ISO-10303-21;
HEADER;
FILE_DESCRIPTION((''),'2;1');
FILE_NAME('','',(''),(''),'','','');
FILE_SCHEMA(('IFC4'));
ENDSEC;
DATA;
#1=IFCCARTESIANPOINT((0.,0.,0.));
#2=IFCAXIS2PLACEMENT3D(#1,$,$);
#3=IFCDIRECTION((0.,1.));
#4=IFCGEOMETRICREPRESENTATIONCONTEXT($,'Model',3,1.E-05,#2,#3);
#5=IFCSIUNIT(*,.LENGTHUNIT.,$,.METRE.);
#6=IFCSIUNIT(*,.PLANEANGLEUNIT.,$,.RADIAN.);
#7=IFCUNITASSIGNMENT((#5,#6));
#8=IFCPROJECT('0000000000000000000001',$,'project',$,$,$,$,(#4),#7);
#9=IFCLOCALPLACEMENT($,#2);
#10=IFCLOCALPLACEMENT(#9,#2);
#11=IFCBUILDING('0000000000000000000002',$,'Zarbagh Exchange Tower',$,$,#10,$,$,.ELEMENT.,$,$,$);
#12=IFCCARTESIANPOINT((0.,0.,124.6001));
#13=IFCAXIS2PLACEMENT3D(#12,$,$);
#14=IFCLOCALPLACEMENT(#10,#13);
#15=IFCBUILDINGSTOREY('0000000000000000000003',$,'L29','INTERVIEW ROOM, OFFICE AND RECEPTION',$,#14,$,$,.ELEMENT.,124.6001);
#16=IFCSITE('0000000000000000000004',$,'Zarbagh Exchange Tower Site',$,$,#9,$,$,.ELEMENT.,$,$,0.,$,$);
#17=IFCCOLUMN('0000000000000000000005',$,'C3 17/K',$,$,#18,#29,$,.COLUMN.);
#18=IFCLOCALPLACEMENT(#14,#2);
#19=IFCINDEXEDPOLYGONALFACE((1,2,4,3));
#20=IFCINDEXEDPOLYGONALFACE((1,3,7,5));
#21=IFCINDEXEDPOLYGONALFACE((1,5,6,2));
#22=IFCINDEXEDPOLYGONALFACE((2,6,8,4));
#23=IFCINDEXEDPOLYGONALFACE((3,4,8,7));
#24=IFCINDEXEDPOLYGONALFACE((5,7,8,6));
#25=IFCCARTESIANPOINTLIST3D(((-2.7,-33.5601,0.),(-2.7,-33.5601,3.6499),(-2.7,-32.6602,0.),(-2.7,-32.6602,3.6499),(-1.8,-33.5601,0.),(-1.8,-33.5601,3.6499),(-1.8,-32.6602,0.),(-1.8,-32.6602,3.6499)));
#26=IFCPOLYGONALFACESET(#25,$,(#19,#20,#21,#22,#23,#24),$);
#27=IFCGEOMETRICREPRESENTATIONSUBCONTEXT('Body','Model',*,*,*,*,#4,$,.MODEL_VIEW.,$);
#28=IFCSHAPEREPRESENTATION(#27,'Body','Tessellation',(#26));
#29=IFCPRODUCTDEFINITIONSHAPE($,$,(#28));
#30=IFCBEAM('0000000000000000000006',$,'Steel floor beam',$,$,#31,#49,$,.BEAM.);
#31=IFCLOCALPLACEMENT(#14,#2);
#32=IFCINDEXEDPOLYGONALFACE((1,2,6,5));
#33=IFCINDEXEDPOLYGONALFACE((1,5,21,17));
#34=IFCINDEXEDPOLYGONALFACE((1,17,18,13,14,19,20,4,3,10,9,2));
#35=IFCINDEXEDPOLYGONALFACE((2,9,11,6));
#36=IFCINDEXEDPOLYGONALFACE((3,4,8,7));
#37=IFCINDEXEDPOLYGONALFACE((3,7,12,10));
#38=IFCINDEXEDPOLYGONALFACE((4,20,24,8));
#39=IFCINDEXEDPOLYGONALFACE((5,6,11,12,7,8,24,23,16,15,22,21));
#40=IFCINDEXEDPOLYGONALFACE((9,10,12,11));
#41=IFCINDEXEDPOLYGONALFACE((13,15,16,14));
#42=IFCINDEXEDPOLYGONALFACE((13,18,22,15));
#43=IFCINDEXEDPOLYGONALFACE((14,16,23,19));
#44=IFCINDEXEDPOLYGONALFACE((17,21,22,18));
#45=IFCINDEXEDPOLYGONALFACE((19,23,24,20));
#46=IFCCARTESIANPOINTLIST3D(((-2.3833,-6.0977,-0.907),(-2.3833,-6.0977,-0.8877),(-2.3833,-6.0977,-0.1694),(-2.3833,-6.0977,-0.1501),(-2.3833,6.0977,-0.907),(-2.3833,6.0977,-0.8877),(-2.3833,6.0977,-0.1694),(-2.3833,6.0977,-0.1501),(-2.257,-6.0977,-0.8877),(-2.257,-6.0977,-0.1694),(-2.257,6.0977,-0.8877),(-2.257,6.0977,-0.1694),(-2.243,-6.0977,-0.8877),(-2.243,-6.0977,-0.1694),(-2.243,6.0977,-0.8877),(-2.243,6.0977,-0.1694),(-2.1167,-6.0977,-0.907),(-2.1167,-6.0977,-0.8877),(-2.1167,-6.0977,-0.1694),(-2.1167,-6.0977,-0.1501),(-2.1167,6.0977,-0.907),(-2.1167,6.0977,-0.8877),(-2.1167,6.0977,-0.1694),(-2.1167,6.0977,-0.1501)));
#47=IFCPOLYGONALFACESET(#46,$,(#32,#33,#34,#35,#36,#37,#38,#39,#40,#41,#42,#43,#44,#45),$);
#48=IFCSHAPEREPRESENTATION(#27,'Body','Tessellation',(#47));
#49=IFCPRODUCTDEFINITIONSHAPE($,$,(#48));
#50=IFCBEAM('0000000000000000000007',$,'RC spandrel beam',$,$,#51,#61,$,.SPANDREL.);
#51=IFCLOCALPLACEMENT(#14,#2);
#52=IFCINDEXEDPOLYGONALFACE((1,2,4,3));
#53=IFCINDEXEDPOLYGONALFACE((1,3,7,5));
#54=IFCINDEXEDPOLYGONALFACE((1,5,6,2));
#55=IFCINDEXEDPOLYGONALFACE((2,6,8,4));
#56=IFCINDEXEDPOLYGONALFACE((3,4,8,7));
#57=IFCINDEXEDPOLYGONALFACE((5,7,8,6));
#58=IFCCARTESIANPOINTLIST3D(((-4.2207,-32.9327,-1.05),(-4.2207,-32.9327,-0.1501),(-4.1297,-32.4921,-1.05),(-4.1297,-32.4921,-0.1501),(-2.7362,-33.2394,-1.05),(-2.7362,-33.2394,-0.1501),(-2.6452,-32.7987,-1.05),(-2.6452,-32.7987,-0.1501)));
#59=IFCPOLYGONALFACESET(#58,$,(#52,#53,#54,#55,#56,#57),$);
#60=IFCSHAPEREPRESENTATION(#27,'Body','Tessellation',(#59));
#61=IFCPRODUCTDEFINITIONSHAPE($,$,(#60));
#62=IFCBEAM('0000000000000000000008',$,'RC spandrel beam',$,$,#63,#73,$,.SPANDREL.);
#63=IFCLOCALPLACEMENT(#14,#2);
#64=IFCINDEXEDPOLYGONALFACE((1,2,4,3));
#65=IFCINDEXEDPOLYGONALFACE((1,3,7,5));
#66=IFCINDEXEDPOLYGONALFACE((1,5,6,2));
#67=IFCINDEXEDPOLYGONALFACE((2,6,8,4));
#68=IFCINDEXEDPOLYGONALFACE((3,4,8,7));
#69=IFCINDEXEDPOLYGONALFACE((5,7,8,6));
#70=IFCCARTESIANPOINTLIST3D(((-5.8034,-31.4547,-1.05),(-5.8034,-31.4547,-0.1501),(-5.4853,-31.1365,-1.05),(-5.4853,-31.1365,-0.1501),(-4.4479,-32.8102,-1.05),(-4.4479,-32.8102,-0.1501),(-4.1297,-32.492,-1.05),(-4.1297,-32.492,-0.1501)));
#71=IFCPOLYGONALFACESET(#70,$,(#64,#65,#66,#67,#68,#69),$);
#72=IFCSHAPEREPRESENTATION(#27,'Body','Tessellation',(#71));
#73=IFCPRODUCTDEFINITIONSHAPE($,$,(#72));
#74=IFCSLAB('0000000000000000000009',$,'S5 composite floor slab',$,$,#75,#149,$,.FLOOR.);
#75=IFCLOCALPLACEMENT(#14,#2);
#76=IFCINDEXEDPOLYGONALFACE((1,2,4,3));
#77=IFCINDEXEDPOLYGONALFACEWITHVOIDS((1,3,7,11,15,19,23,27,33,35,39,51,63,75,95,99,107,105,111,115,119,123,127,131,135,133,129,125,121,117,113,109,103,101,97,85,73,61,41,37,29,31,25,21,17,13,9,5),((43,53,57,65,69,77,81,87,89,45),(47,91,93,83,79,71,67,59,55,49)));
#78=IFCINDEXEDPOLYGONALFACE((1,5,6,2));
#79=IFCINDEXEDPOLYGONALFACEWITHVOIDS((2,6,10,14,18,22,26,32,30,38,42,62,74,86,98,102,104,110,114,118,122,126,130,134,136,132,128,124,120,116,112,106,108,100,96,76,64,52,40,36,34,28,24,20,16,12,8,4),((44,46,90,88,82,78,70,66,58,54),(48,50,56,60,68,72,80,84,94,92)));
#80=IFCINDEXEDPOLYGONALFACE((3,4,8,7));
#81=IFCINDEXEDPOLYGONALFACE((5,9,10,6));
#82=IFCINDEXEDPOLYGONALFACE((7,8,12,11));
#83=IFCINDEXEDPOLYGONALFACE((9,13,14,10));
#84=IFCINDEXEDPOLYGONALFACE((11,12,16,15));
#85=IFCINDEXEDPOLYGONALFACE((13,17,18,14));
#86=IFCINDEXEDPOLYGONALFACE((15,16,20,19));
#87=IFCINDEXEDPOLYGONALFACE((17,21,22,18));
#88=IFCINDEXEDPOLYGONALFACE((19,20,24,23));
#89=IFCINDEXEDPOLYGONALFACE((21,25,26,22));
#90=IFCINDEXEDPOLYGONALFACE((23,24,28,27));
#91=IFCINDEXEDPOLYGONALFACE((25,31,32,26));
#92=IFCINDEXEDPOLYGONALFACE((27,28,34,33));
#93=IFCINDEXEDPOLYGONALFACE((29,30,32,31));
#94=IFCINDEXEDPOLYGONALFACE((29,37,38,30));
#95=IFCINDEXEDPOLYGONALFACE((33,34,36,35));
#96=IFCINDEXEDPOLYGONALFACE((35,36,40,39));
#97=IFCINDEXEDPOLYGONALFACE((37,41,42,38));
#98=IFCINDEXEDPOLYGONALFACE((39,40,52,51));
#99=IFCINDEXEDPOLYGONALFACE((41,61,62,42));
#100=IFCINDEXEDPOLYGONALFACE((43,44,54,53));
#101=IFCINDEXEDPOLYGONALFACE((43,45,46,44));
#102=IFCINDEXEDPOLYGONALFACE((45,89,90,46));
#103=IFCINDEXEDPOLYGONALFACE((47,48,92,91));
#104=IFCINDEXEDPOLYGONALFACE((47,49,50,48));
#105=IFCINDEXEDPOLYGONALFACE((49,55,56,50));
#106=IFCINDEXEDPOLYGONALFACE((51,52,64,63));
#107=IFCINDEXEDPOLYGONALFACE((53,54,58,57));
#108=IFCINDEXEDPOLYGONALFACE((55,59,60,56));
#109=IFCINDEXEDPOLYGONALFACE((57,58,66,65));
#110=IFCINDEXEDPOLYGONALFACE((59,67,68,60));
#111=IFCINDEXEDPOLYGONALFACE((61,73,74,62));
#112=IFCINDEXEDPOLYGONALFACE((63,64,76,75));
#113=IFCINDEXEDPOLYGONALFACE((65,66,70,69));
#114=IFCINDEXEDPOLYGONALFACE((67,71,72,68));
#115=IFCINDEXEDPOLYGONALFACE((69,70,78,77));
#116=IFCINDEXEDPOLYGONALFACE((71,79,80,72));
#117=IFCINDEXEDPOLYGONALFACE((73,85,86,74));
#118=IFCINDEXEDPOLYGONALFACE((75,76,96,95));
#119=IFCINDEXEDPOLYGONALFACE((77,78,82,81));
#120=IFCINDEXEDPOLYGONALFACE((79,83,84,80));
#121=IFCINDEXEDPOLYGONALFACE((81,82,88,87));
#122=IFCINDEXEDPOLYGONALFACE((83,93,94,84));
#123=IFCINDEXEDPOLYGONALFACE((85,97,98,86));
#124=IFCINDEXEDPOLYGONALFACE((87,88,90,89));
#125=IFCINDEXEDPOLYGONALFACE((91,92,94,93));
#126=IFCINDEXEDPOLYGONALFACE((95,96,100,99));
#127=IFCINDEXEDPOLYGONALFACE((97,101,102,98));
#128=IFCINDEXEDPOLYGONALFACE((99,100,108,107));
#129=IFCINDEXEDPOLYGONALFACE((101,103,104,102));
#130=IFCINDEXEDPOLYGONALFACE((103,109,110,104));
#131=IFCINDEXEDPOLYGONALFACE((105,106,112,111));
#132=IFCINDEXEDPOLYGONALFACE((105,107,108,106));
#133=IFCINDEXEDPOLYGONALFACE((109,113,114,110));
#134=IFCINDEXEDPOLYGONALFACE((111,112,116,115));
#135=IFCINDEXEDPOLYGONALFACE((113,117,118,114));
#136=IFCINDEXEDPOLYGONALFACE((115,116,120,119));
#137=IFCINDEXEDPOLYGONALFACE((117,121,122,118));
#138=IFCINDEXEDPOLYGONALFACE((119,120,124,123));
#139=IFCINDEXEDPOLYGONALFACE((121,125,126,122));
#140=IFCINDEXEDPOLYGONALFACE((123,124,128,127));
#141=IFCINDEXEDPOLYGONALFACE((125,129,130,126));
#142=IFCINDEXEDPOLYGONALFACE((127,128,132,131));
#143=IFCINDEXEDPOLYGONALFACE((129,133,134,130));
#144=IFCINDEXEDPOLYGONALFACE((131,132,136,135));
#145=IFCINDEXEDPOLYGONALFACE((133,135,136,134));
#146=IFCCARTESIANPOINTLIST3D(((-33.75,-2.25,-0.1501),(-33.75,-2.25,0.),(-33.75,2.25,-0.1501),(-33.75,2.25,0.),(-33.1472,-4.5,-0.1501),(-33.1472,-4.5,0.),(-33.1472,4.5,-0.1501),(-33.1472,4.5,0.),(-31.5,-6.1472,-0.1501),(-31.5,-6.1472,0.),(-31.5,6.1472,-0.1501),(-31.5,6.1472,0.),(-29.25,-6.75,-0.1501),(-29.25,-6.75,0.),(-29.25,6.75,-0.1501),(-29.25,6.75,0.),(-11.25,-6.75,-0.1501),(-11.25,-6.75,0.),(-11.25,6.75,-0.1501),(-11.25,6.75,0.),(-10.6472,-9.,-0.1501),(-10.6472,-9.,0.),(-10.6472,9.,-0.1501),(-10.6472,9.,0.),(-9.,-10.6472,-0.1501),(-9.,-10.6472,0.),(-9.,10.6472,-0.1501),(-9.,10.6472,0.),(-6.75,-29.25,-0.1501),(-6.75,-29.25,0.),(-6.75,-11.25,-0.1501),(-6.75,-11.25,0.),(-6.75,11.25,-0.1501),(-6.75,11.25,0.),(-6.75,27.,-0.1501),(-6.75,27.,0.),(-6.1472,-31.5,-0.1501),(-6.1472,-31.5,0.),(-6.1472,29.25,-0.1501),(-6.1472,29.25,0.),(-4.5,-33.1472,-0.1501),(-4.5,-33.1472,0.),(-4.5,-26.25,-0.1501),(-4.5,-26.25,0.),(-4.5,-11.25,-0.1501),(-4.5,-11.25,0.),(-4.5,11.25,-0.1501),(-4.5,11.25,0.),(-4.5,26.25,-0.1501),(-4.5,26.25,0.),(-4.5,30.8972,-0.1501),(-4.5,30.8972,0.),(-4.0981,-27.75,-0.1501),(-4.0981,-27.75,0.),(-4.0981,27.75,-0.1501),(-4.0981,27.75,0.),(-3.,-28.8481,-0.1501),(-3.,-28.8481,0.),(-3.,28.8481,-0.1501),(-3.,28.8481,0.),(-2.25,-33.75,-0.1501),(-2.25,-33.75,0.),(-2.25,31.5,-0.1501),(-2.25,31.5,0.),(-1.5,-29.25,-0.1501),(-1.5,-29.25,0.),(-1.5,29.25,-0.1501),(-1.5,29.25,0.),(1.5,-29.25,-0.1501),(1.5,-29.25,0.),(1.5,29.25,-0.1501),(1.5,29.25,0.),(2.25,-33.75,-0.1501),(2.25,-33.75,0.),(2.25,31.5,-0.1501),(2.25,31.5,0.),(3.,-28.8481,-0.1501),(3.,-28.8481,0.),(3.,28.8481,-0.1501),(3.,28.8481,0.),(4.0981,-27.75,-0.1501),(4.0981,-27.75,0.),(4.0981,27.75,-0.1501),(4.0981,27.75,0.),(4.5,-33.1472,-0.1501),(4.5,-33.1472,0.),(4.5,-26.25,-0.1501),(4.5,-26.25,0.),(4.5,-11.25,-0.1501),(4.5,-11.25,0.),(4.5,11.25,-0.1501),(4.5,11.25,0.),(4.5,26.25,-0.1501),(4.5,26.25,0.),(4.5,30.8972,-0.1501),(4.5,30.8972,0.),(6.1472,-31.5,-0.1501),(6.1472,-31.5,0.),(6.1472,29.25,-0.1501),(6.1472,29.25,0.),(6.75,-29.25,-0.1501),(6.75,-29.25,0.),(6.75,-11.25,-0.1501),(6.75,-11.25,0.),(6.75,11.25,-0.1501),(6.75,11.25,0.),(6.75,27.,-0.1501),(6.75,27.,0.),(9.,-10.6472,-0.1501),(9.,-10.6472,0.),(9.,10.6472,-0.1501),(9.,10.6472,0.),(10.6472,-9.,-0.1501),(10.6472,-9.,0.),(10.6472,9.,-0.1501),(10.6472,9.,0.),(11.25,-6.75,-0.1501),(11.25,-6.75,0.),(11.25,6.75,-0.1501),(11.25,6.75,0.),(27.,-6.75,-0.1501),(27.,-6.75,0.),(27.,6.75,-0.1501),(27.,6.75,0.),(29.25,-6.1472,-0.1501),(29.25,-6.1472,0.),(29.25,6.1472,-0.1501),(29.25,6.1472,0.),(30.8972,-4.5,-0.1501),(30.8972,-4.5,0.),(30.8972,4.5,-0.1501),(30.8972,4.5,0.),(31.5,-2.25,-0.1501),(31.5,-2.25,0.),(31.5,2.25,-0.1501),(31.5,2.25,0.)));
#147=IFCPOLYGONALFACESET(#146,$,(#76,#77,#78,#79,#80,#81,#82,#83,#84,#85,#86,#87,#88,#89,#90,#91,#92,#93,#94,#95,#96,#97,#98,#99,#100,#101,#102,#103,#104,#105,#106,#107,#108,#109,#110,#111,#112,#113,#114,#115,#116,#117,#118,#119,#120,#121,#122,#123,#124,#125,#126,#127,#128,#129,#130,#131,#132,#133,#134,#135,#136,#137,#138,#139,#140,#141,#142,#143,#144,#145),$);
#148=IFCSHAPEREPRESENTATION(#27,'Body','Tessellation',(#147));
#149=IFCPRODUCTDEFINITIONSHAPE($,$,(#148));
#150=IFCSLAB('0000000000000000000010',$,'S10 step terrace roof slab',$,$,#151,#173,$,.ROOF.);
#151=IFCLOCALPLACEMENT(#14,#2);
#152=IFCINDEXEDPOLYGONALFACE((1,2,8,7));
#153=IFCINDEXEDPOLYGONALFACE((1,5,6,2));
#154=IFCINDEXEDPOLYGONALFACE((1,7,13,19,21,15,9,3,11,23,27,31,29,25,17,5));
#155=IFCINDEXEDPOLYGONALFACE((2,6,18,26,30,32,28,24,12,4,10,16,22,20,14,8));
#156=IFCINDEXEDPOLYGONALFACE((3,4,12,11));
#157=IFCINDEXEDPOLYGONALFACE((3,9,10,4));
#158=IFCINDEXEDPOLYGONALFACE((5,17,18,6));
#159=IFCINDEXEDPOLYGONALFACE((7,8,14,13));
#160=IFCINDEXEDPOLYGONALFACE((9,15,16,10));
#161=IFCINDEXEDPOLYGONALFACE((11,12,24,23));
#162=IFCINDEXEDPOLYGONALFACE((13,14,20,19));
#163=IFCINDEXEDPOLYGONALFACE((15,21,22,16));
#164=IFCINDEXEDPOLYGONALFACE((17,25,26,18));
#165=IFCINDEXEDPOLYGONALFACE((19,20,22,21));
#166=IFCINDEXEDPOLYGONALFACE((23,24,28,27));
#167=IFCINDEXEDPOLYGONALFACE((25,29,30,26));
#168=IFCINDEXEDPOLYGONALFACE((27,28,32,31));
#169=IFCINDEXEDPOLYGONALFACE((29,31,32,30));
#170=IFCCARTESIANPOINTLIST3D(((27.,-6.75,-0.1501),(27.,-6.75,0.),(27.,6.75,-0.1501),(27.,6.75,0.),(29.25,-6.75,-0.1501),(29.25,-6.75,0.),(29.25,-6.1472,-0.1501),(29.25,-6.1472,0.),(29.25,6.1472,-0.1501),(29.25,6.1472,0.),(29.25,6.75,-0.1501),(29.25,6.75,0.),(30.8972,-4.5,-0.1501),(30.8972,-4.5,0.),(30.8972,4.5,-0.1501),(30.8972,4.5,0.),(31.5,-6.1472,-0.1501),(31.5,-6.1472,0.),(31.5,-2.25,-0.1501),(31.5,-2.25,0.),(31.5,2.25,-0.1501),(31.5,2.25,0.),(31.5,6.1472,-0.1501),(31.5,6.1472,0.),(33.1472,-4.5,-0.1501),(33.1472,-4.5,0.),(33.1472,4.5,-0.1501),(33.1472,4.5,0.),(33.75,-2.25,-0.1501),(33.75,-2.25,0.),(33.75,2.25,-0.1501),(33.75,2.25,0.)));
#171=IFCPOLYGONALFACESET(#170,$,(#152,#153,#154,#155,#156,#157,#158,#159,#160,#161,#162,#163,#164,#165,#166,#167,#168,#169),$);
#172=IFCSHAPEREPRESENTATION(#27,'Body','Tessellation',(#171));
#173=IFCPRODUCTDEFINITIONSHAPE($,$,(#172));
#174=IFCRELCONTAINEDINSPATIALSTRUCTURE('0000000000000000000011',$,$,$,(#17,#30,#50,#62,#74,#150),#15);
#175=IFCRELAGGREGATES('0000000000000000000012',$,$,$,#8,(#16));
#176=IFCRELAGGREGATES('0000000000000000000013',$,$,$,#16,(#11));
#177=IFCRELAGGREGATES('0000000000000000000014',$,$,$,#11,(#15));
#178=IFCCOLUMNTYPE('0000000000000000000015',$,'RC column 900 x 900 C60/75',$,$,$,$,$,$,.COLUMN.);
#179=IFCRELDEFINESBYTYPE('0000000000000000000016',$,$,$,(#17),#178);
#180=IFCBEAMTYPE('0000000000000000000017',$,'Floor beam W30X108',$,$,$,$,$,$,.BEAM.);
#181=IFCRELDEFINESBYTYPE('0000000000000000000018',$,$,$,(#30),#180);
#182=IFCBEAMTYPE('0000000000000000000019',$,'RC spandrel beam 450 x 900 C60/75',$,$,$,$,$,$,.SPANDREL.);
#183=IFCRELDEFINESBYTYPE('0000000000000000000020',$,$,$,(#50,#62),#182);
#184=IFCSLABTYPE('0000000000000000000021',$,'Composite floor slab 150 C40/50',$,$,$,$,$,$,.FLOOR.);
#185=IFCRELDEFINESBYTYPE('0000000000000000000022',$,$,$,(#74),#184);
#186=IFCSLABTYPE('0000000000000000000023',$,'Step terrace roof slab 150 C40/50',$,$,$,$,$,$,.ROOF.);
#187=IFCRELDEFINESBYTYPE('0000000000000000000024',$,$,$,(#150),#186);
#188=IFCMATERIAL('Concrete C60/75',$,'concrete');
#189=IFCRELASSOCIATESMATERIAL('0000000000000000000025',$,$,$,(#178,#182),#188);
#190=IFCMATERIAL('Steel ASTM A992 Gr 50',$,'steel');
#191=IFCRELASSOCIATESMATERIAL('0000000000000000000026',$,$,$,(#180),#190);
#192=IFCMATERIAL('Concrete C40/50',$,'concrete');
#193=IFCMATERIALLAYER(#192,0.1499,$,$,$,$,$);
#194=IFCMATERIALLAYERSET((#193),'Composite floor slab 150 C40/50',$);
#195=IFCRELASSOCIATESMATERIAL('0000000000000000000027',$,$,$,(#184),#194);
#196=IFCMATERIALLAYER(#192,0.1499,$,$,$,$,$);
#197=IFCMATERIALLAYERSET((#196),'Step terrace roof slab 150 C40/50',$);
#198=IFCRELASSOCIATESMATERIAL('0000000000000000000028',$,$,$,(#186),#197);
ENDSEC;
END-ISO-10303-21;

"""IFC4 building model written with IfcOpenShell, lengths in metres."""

from ifc_helpers import new_model, si_unit, direction, frame, origin, origin_2d, place, context, subcontext, project, spatial, polyline, rectangle, i_section, outline, extrude, material, layer, layer_set, material_profile, profile_set, type_object, element, save


model = new_model("IFC4")

# Units and contexts
model_context = context("Model", 3, precision=1e-05, world=origin(), true_north=direction((0.0, 1.0)))
body_context = subcontext(model_context, "Body", "Model", "MODEL_VIEW")
ifc_project = project(units=[si_unit("LENGTHUNIT", "METRE"), si_unit("PLANEANGLEUNIT", "RADIAN")], contexts=[model_context])

# Site, building, storey
site_placement = place(None, origin())
site = spatial("IfcSite", under=ifc_project, at=site_placement, Name="Zarbagh Exchange Tower Site", CompositionType="ELEMENT", RefElevation=0.0)
building_placement = place(site_placement, origin())
building = spatial("IfcBuilding", under=site, at=building_placement, Name="Zarbagh Exchange Tower", CompositionType="ELEMENT")
storey_placement = place(building_placement, frame((0.0, 0.0, 124.6001)))
storey = spatial("IfcBuildingStorey", under=building, at=storey_placement, Name="L29", Description="INTERVIEW ROOM, OFFICE AND RECEPTION", CompositionType="ELEMENT", Elevation=124.6001)

# Column
ifc_material_1 = material(Name="Concrete C60/75", Category="concrete")
ifc_material_profile_1 = material_profile(ifc_material_1, rectangle(XDim=0.8999, YDim=0.8999, at=origin_2d()), Name="RC column 900 x 900 C60/75")
ifc_profile_set_1 = profile_set([ifc_material_profile_1], Name="Concrete C60/75")
column_type = type_object("IfcColumnType", Name="RC column 900 x 900 C60/75", PredefinedType="COLUMN", material=ifc_profile_set_1)
column_placement = place(storey_placement, frame((-2.25, -33.1101, 0.0), z_axis=(0.0, 0.0, 1.0), x_axis=(1.0, 0.0, 0.0)))
element("IfcColumn", 1, at=column_placement, inside=storey, type_object=column_type, Name="C3 17/K", PredefinedType="COLUMN", context=body_context, shape_type="SweptSolid", body=[
    extrude(rectangle(XDim=0.8999, YDim=0.8999, at=origin_2d()), origin(), (0.0, 0.0, 1.0), 3.6499),
])

# Beams
ifc_material_2 = material(Name="Steel ASTM A992 Gr 50", Category="steel")
ifc_material_profile_2 = material_profile(ifc_material_2, i_section(OverallWidth=0.2666, OverallDepth=0.7568, WebThickness=0.0139, FlangeThickness=0.0193, at=origin_2d()), Name="W30X108")
ifc_profile_set_2 = profile_set([ifc_material_profile_2], Name="Steel ASTM A992 Gr 50")
beam_type_1 = type_object("IfcBeamType", Name="Floor beam W30X108", PredefinedType="BEAM", material=ifc_profile_set_2)
beam_1_placement = place(storey_placement, frame((-2.25, -6.0977, -0.5286), z_axis=(0.0, 1.0, 0.0), x_axis=(-1.0, 0.0, 0.0)))
element("IfcBeam", 2, at=beam_1_placement, inside=storey, type_object=beam_type_1, Name="Steel floor beam", PredefinedType="BEAM", context=body_context, shape_type="SweptSolid", body=[
    extrude(i_section(OverallWidth=0.2666, OverallDepth=0.7568, WebThickness=0.0139, FlangeThickness=0.0193, at=origin_2d()), origin(), (0.0, 0.0, 1.0), 12.1953),
])
ifc_material_profile_3 = material_profile(ifc_material_1, rectangle(XDim=0.45, YDim=0.8999, at=origin_2d()), Name="RC spandrel beam 450 x 900 C60/75")
ifc_profile_set_3 = profile_set([ifc_material_profile_3], Name="Concrete C60/75")
beam_type_2 = type_object("IfcBeamType", Name="RC spandrel beam 450 x 900 C60/75", PredefinedType="SPANDREL", material=ifc_profile_set_3)
beam_2_placement = place(storey_placement, frame((-2.6907, -33.019, -0.6001), z_axis=(-0.979329, 0.202275, 0.0), x_axis=(-0.202275, -0.979329, 0.0)))
element("IfcBeam", 3, at=beam_2_placement, inside=storey, type_object=beam_type_2, Name="RC spandrel beam", PredefinedType="SPANDREL", context=body_context, shape_type="SweptSolid", body=[
    extrude(rectangle(XDim=0.45, YDim=0.8999, at=origin_2d()), origin(), (0.0, 0.0, 1.0), 1.5159),
])
beam_3_placement = place(storey_placement, frame((-4.2888, -32.6511, -0.6001), z_axis=(-0.707107, 0.707107, 0.0), x_axis=(-0.707107, -0.707107, 0.0)))
element("IfcBeam", 4, at=beam_3_placement, inside=storey, type_object=beam_type_2, Name="RC spandrel beam", PredefinedType="SPANDREL", context=body_context, shape_type="SweptSolid", body=[
    extrude(rectangle(XDim=0.45, YDim=0.8999, at=origin_2d()), origin(), (0.0, 0.0, 1.0), 1.917),
])

# Slabs
ifc_material_3 = material(Name="Concrete C40/50", Category="concrete")
ifc_layer_1 = layer(ifc_material_3, 0.1499)
ifc_layer_set_1 = layer_set([ifc_layer_1], Name="Composite floor slab 150 C40/50")
slab_type_1 = type_object("IfcSlabType", Name="Composite floor slab 150 C40/50", PredefinedType="FLOOR", material=ifc_layer_set_1)
slab_1_placement = place(storey_placement, frame((0.0, 0.0, -0.1501)))
element("IfcSlab", 5, at=slab_1_placement, inside=storey, type_object=slab_type_1, Name="S5 composite floor slab", PredefinedType="FLOOR", context=body_context, shape_type="SweptSolid", body=[
    extrude(outline(polyline([(-2.25, -33.75), (-4.5, -33.1472), (-6.1472, -31.5), (-6.75, -29.25), (-6.75, -11.25), (-9.0, -10.6472), (-10.6472, -9.0), (-11.25, -6.75), (-29.25, -6.75), (-31.5, -6.1472), (-33.1472, -4.5), (-33.75, -2.25), (-33.75, 2.25), (-33.1472, 4.5), (-31.5, 6.1472), (-29.25, 6.75), (-11.25, 6.75), (-10.6472, 9.0), (-9.0, 10.6472), (-6.75, 11.25), (-6.75, 27.0), (-6.1472, 29.25), (-4.5, 30.8972), (-2.25, 31.5), (2.25, 31.5), (4.5, 30.8972), (6.1472, 29.25), (6.75, 27.0), (6.75, 11.25), (9.0, 10.6472), (10.6472, 9.0), (11.25, 6.75), (27.0, 6.75), (29.25, 6.1472), (30.8972, 4.5), (31.5, 2.25), (31.5, -2.25), (30.8972, -4.5), (29.25, -6.1472), (27.0, -6.75), (11.25, -6.75), (10.6472, -9.0), (9.0, -10.6472), (6.75, -11.25), (6.75, -29.25), (6.1472, -31.5), (4.5, -33.1472), (2.25, -33.75), (-2.25, -33.75)]), holes=[polyline([(4.5, 11.25), (4.5, 26.25), (4.0981, 27.75), (3.0, 28.8481), (1.5, 29.25), (-1.5, 29.25), (-3.0, 28.8481), (-4.0981, 27.75), (-4.5, 26.25), (-4.5, 11.25), (4.5, 11.25)]), polyline([(-1.5, -29.25), (1.5, -29.25), (3.0, -28.8481), (4.0981, -27.75), (4.5, -26.25), (4.5, -11.25), (-4.5, -11.25), (-4.5, -26.25), (-4.0981, -27.75), (-3.0, -28.8481), (-1.5, -29.25)])]), origin(), (0.0, 0.0, 1.0), 0.1501),
])
ifc_layer_2 = layer(ifc_material_3, 0.1499)
ifc_layer_set_2 = layer_set([ifc_layer_2], Name="Step terrace roof slab 150 C40/50")
slab_type_2 = type_object("IfcSlabType", Name="Step terrace roof slab 150 C40/50", PredefinedType="ROOF", material=ifc_layer_set_2)
slab_2_placement = place(storey_placement, frame((0.0, 0.0, -0.1501)))
element("IfcSlab", 6, at=slab_2_placement, inside=storey, type_object=slab_type_2, Name="S10 step terrace roof slab", PredefinedType="ROOF", context=body_context, shape_type="SweptSolid", body=[
    extrude(outline(polyline([(29.25, 6.75), (31.5, 6.1472), (33.1472, 4.5), (33.75, 2.25), (33.75, -2.25), (33.1472, -4.5), (31.5, -6.1472), (29.25, -6.75), (27.0, -6.75), (29.25, -6.1472), (30.8972, -4.5), (31.5, -2.25), (31.5, 2.25), (30.8972, 4.5), (29.25, 6.1472), (27.0, 6.75), (29.25, 6.75)])), origin(), (0.0, 0.0, 1.0), 0.1501),
])

save(model, "model.ifc")
